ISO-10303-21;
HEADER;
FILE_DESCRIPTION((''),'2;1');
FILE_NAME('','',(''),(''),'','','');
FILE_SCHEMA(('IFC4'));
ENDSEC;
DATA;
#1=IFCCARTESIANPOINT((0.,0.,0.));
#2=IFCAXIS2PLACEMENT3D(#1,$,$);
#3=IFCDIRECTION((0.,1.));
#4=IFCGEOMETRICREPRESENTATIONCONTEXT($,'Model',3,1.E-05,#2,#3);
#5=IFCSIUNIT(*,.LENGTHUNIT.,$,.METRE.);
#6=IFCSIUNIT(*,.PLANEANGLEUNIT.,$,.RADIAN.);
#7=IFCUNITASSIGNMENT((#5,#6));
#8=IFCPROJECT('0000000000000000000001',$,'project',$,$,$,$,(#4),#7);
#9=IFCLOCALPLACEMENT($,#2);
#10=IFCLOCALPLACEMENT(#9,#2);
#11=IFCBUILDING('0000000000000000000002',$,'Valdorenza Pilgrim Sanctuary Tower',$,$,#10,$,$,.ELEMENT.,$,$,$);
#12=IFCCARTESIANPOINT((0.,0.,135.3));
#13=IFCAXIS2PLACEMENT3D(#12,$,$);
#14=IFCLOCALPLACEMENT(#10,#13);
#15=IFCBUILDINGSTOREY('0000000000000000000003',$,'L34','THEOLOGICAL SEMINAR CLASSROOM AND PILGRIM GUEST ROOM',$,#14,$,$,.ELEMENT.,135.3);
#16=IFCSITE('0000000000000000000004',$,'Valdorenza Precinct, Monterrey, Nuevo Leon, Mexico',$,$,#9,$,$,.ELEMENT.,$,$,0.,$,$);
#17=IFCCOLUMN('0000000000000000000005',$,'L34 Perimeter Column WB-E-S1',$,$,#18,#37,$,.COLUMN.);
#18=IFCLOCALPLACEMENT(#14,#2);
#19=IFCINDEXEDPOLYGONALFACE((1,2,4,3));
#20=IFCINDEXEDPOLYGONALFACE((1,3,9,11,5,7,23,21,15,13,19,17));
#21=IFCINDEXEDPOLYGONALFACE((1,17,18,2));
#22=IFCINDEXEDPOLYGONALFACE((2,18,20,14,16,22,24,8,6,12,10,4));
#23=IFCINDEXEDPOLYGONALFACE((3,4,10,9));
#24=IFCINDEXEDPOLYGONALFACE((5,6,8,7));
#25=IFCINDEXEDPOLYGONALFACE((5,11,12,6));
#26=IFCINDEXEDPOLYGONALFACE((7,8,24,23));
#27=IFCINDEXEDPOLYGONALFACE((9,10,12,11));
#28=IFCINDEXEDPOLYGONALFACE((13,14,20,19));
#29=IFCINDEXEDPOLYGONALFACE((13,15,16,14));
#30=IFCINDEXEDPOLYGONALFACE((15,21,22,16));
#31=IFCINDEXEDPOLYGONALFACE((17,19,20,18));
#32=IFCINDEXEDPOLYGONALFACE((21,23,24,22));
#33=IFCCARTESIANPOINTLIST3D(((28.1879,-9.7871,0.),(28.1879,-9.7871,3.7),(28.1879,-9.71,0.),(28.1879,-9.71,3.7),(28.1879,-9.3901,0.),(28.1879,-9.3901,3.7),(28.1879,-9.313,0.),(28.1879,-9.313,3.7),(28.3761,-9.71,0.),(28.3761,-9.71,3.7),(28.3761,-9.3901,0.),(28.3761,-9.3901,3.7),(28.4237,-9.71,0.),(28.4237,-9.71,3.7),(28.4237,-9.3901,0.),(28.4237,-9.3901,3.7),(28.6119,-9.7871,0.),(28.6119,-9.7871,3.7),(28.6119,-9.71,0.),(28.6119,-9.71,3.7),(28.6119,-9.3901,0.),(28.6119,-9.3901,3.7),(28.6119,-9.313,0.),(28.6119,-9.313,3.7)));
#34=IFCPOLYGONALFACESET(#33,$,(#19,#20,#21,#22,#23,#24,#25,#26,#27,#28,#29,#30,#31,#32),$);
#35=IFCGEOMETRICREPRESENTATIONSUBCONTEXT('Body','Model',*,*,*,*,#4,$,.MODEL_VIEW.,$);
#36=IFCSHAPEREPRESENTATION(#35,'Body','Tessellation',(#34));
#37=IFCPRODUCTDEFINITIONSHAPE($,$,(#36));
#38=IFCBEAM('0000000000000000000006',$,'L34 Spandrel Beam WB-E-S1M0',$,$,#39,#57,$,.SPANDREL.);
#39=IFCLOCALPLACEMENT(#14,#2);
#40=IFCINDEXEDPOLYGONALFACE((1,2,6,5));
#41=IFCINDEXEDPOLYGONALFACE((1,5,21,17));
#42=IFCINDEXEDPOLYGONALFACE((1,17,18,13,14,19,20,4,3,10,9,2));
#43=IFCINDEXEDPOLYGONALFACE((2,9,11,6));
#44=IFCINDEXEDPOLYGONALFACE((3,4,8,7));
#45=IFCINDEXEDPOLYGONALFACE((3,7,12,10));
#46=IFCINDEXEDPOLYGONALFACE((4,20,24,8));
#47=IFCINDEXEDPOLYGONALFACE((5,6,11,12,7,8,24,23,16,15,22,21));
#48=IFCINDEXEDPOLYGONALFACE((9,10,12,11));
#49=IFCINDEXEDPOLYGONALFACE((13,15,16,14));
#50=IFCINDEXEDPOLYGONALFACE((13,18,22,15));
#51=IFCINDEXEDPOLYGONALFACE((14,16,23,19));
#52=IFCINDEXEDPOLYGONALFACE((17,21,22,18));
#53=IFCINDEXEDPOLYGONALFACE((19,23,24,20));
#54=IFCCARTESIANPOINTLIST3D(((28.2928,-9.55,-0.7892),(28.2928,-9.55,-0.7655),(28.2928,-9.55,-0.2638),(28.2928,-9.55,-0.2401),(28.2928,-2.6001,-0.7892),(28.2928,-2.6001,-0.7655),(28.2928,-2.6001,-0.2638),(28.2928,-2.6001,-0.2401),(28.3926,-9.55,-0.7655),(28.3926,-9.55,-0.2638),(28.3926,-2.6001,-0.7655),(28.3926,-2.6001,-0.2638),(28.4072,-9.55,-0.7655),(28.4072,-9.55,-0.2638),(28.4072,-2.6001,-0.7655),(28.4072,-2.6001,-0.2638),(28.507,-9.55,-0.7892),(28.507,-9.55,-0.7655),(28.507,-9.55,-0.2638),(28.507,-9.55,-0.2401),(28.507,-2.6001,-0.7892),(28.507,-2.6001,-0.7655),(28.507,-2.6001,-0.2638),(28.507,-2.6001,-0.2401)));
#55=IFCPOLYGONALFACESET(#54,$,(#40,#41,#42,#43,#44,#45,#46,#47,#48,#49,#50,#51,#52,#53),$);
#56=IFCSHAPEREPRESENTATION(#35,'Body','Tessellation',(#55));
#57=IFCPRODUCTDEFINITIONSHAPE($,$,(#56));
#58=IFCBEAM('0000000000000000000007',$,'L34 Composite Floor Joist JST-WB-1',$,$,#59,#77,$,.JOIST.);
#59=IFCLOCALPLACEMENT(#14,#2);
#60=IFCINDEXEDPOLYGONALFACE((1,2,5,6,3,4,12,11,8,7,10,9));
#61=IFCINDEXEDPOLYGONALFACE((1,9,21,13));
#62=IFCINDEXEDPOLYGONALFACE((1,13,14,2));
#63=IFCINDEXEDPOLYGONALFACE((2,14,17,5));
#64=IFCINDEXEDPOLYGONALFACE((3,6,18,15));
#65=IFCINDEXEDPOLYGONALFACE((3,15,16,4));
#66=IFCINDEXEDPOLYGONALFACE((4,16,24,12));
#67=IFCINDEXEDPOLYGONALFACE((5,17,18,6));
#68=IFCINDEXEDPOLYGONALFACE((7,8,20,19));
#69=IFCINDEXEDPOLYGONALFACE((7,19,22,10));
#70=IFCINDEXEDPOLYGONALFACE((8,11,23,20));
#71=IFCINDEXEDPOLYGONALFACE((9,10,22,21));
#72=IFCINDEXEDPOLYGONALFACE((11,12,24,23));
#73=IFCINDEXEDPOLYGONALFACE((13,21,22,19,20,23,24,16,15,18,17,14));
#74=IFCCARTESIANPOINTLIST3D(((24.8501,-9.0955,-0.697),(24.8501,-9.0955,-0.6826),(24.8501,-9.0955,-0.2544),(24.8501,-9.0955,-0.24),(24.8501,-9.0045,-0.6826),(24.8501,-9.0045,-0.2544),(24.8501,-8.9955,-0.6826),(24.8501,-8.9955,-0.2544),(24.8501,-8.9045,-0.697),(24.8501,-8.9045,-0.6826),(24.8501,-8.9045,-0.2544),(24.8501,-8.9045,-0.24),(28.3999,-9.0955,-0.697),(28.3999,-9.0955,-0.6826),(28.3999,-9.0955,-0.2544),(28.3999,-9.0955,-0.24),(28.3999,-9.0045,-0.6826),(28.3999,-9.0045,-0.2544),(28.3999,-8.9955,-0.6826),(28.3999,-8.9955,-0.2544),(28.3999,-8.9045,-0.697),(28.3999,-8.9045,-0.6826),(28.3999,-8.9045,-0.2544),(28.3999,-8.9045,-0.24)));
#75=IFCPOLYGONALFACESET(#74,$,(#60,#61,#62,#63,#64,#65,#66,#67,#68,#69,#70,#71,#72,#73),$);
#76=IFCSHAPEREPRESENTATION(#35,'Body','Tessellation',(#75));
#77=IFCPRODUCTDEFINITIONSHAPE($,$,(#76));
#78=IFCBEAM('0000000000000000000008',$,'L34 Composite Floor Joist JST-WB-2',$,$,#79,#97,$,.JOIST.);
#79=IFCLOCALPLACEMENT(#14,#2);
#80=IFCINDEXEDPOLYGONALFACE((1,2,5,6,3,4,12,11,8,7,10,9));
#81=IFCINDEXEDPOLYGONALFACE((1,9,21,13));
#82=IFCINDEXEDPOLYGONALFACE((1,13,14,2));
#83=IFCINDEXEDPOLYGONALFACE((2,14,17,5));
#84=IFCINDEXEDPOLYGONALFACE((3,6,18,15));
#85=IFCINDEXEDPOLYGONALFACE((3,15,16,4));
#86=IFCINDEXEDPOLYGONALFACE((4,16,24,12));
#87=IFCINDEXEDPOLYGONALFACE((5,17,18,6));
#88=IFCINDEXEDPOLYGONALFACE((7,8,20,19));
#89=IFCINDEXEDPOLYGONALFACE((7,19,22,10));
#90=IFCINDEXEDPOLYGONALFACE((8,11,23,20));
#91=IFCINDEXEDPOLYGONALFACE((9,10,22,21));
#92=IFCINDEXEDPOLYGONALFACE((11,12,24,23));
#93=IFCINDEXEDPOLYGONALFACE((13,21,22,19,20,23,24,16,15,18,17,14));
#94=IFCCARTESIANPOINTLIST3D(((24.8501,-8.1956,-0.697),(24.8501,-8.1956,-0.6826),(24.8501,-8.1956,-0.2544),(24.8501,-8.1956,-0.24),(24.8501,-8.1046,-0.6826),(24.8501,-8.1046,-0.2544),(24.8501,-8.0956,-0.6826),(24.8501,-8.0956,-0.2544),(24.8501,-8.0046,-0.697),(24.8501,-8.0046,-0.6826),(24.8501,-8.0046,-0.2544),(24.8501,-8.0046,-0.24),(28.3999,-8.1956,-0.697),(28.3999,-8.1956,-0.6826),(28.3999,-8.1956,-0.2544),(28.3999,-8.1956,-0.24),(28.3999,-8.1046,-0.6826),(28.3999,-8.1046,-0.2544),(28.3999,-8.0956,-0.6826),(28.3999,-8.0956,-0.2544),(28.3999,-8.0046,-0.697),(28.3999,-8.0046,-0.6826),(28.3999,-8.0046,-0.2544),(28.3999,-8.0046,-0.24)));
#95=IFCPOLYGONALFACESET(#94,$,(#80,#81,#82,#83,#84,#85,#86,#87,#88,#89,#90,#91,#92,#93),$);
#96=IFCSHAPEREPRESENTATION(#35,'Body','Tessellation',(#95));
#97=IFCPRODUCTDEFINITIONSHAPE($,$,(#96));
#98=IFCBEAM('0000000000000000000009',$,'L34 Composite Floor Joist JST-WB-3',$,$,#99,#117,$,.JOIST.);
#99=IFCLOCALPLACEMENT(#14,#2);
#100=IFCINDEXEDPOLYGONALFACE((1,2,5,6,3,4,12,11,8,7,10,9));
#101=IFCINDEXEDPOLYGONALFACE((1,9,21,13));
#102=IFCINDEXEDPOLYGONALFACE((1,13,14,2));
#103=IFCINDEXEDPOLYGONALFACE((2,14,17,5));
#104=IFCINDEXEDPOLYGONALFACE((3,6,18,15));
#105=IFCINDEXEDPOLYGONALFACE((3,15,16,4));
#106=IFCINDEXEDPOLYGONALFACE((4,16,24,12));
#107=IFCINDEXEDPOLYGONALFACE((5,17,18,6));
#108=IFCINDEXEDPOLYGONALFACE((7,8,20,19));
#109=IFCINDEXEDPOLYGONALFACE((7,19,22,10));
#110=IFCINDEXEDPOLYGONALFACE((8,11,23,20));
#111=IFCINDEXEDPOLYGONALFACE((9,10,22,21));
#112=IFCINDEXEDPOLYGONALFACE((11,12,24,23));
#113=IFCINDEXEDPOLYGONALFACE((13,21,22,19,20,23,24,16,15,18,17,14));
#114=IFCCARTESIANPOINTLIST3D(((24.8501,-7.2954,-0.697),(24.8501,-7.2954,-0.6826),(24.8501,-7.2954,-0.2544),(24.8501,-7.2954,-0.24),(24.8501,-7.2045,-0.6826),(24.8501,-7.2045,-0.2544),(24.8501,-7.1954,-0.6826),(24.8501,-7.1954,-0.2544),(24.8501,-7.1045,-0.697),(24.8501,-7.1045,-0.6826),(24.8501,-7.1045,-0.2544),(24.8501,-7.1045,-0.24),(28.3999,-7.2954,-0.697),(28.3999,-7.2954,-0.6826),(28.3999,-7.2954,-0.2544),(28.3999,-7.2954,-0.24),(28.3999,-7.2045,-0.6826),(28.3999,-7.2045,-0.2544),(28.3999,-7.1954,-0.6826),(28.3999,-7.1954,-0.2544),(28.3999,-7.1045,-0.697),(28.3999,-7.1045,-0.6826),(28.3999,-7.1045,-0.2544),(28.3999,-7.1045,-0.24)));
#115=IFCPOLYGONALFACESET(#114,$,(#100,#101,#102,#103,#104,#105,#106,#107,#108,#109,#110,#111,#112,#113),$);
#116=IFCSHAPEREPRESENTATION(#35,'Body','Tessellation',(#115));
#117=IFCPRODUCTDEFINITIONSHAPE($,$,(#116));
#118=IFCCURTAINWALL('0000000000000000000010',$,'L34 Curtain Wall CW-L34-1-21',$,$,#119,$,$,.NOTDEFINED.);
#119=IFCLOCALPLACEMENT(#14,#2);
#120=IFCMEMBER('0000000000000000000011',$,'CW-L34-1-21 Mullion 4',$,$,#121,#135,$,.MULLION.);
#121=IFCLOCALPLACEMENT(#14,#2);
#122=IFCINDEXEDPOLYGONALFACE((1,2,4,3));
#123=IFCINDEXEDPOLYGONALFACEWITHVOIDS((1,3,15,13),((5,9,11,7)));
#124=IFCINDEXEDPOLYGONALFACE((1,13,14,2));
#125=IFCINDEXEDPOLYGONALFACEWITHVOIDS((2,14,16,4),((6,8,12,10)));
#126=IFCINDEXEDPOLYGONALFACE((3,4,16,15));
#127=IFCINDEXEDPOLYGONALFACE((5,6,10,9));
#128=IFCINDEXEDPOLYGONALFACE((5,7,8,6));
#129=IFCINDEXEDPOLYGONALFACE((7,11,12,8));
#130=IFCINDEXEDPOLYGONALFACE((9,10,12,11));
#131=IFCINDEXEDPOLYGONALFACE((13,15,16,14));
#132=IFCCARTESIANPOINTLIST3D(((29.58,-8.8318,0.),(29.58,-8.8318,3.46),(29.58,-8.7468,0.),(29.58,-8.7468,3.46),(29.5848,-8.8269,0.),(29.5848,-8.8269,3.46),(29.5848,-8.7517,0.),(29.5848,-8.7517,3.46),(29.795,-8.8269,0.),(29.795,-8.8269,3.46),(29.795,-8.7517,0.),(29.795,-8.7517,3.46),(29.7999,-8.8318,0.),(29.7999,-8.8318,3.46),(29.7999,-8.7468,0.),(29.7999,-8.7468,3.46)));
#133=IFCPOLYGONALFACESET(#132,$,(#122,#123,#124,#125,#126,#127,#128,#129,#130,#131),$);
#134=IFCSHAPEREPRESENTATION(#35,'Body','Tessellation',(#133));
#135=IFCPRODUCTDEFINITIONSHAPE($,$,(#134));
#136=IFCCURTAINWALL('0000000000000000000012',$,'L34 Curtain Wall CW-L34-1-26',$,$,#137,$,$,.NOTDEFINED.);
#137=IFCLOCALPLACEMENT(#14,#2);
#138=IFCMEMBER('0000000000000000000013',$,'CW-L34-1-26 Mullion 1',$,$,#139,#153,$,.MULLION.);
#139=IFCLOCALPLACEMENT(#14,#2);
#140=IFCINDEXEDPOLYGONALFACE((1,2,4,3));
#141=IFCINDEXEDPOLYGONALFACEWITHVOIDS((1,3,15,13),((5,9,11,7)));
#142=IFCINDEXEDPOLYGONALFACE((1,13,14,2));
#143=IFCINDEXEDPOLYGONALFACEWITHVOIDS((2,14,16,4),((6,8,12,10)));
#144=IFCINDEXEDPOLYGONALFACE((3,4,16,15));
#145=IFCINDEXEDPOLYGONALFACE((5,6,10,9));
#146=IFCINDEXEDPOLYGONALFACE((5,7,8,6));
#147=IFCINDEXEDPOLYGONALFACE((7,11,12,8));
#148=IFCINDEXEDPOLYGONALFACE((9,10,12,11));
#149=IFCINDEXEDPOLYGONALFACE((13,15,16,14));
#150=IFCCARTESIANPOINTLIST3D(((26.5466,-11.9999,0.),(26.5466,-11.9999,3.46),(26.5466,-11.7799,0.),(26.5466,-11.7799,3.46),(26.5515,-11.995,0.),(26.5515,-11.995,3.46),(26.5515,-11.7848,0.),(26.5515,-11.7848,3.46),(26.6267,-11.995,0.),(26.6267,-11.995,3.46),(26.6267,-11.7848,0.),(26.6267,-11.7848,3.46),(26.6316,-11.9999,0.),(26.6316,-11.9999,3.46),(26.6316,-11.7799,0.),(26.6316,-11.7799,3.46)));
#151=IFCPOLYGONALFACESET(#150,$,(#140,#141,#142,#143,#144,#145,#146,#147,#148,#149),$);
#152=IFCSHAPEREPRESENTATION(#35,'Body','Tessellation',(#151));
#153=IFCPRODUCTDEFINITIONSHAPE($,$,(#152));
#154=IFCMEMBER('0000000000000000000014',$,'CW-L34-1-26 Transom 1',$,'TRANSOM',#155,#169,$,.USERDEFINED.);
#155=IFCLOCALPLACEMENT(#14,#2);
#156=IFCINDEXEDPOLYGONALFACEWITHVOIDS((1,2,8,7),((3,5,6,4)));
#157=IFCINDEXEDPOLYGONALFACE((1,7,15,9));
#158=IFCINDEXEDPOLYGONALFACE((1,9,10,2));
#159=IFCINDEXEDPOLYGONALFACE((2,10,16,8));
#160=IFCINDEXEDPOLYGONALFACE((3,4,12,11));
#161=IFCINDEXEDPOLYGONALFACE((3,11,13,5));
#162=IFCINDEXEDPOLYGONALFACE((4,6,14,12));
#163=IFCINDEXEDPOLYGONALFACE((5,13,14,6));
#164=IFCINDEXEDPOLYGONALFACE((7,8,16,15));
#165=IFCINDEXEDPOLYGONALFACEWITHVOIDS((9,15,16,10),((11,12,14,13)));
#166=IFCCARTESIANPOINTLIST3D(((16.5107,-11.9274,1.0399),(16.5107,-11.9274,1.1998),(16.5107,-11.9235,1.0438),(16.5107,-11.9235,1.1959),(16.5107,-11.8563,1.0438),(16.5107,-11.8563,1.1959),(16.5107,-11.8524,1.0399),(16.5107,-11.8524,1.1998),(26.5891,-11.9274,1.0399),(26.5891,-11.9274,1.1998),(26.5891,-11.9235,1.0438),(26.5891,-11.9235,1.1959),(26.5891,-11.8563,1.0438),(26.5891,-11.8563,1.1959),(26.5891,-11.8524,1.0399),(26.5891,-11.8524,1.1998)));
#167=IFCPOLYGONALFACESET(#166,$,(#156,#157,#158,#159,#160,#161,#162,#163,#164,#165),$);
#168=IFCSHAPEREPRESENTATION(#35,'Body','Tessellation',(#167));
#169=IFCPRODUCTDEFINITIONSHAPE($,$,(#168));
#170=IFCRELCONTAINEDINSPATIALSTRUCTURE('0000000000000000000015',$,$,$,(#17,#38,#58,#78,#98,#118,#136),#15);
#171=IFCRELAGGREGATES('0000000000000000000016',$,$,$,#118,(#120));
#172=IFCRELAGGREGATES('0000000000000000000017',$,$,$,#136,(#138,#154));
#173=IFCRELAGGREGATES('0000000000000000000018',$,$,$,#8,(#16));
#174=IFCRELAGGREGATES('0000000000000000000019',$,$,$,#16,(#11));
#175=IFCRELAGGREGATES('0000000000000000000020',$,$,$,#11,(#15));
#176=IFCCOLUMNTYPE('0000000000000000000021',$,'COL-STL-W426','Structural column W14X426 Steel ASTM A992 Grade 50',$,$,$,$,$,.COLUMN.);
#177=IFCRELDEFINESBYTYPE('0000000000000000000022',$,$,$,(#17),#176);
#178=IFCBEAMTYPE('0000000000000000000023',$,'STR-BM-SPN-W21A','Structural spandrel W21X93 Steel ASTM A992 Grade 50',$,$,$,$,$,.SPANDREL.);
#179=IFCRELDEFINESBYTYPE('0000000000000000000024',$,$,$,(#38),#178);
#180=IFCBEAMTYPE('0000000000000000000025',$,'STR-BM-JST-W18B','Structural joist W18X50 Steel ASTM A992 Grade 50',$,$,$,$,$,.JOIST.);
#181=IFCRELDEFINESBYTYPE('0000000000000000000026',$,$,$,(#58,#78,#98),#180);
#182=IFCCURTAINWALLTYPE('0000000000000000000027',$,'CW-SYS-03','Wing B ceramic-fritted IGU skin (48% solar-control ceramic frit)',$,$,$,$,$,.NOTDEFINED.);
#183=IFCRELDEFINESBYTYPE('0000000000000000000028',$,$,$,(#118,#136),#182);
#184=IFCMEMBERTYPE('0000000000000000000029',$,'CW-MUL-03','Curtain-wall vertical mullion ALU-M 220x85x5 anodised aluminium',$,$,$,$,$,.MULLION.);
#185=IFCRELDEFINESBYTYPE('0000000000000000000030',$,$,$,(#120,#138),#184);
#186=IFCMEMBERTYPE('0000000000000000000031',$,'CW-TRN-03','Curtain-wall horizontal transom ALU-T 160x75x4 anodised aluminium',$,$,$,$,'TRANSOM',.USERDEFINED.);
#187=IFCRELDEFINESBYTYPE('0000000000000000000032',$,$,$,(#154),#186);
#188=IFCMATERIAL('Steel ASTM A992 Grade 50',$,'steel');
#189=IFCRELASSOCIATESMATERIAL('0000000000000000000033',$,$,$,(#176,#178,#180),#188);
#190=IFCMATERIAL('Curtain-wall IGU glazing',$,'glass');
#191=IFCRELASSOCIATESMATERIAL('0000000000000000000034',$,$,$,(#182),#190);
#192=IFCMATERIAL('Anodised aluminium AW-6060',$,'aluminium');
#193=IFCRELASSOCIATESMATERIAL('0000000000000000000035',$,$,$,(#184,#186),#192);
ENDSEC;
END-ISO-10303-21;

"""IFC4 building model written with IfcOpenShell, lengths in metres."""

from ifc_helpers import new_model, si_unit, direction, frame, origin, origin_2d, place, context, subcontext, project, spatial, hollow_rectangle, i_section, extrude, source, transform, mapped, material, material_profile, profile_set, type_object, element, aggregate, save


model = new_model("IFC4")

# Units and contexts
model_context = context("Model", 3, precision=1e-05, world=origin(), true_north=direction((0.0, 1.0)))
body_context = subcontext(model_context, "Body", "Model", "MODEL_VIEW")
ifc_project = project(units=[si_unit("LENGTHUNIT", "METRE"), si_unit("PLANEANGLEUNIT", "RADIAN")], contexts=[model_context])

# Site, building, storey
site_placement = place(None, origin())
site = spatial("IfcSite", under=ifc_project, at=site_placement, Name="Valdorenza Precinct, Monterrey, Nuevo Leon, Mexico", CompositionType="ELEMENT", RefElevation=0.0)
building_placement = place(site_placement, origin())
building = spatial("IfcBuilding", under=site, at=building_placement, Name="Valdorenza Pilgrim Sanctuary Tower", CompositionType="ELEMENT")
storey_placement = place(building_placement, frame((0.0, 0.0, 135.3)))
storey = spatial("IfcBuildingStorey", under=building, at=storey_placement, Name="L34", Description="THEOLOGICAL SEMINAR CLASSROOM AND PILGRIM GUEST ROOM", CompositionType="ELEMENT", Elevation=135.3)

# Column
ifc_material_1 = material(Name="Steel ASTM A992 Grade 50", Category="steel")
ifc_material_profile_1 = material_profile(ifc_material_1, i_section(OverallWidth=0.4241, OverallDepth=0.4741, WebThickness=0.0476, FlangeThickness=0.0771, at=origin_2d()), Name="W14X426")
ifc_profile_set_1 = profile_set([ifc_material_profile_1], Name="Steel ASTM A992 Grade 50")
column_type = type_object("IfcColumnType", Name="COL-STL-W426", Description="Structural column W14X426 Steel ASTM A992 Grade 50", PredefinedType="COLUMN", material=ifc_profile_set_1)
shared_shape_1 = source(origin(), body_context, "Body", "SweptSolid", [
    extrude(i_section(OverallWidth=0.4241, OverallDepth=0.4741, WebThickness=0.0476, FlangeThickness=0.0771, at=origin_2d()), origin(), (0.0, 0.0, 1.0), 3.7),
])
column_placement = place(storey_placement, frame((28.3999, -9.55, 0.0), z_axis=(0.0, 0.0, 1.0), x_axis=(1.0, 0.0, 0.0)))
element("IfcColumn", 1, at=column_placement, inside=storey, type_object=column_type, Name="L34 Perimeter Column WB-E-S1", PredefinedType="COLUMN", context=body_context, shape_type="MappedRepresentation", body=[
    mapped(shared_shape_1, transform((0.0, 0.0, 0.0), x_axis=(1.0, 0.0, 0.0), y_axis=(0.0, 1.0, 0.0), z_axis=(0.0, 0.0, 1.0), scale=1.0)),
])

# Beams
ifc_material_profile_2 = material_profile(ifc_material_1, i_section(OverallWidth=0.2141, OverallDepth=0.5491, WebThickness=0.0146, FlangeThickness=0.0237, at=origin_2d()), Name="W21X93")
ifc_profile_set_2 = profile_set([ifc_material_profile_2], Name="Steel ASTM A992 Grade 50")
beam_type_1 = type_object("IfcBeamType", Name="STR-BM-SPN-W21A", Description="Structural spandrel W21X93 Steel ASTM A992 Grade 50", PredefinedType="SPANDREL", material=ifc_profile_set_2)
shared_shape_2 = source(origin(), body_context, "Body", "SweptSolid", [
    extrude(i_section(OverallWidth=0.2141, OverallDepth=0.5491, WebThickness=0.0146, FlangeThickness=0.0237, at=origin_2d()), origin(), (0.0, 0.0, 1.0), 6.95),
])
beam_placement = place(storey_placement, frame((28.3999, -9.55, -0.5146), z_axis=(0.0, 1.0, 0.0), x_axis=(-1.0, 0.0, 0.0)))
element("IfcBeam", 2, at=beam_placement, inside=storey, type_object=beam_type_1, Name="L34 Spandrel Beam WB-E-S1M0", PredefinedType="SPANDREL", context=body_context, shape_type="MappedRepresentation", body=[
    mapped(shared_shape_2, transform((0.0, 0.0, 0.0), x_axis=(1.0, 0.0, 0.0), y_axis=(0.0, 1.0, 0.0), z_axis=(0.0, 0.0, 1.0), scale=1.0)),
])
ifc_material_profile_3 = material_profile(ifc_material_1, i_section(OverallWidth=0.1909, OverallDepth=0.457, WebThickness=0.009, FlangeThickness=0.0144, at=origin_2d()), Name="W18X50")
ifc_profile_set_3 = profile_set([ifc_material_profile_3], Name="Steel ASTM A992 Grade 50")
beam_type_2 = type_object("IfcBeamType", Name="STR-BM-JST-W18B", Description="Structural joist W18X50 Steel ASTM A992 Grade 50", PredefinedType="JOIST", material=ifc_profile_set_3)
shared_shape_3 = source(origin(), body_context, "Body", "SweptSolid", [
    extrude(i_section(OverallWidth=0.1909, OverallDepth=0.457, WebThickness=0.009, FlangeThickness=0.0144, at=origin_2d()), origin(), (0.0, 0.0, 1.0), 3.5498),
])
for number, where, z_axis, x_axis, name in (
    (3, (24.8501, -9.0, -0.4685), (1.0, 0.0, 0.0), (0.0, 1.0, 0.0), "L34 Composite Floor Joist JST-WB-1"),
    (4, (24.8501, -8.1001, -0.4685), (1.0, 0.0, 0.0), (0.0, 1.0, 0.0), "L34 Composite Floor Joist JST-WB-2"),
    (5, (24.8501, -7.2, -0.4685), (1.0, 0.0, 0.0), (0.0, 1.0, 0.0), "L34 Composite Floor Joist JST-WB-3"),
):
    element("IfcBeam", number, at=place(storey_placement, frame(where, z_axis=z_axis, x_axis=x_axis)), inside=storey, type_object=beam_type_2, Name=name, PredefinedType="JOIST", context=body_context, shape_type="MappedRepresentation", body=[
        mapped(shared_shape_3, transform((0.0, 0.0, 0.0), x_axis=(1.0, 0.0, 0.0), y_axis=(0.0, 1.0, 0.0), z_axis=(0.0, 0.0, 1.0), scale=1.0)),
    ])

# Curtain wall, member
ifc_material_2 = material(Name="Curtain-wall IGU glazing", Category="glass")
curtain_wall_type = type_object("IfcCurtainWallType", Name="CW-SYS-03", Description="Wing B ceramic-fritted IGU skin (48% solar-control ceramic frit)", PredefinedType="NOTDEFINED", material=ifc_material_2)
curtain_wall_1_placement = place(storey_placement, origin())
curtain_wall_1 = element("IfcCurtainWall", 6, at=curtain_wall_1_placement, inside=storey, type_object=curtain_wall_type, Name="L34 Curtain Wall CW-L34-1-21", PredefinedType="NOTDEFINED")
ifc_material_3 = material(Name="Anodised aluminium AW-6060", Category="aluminium")
ifc_material_profile_4 = material_profile(ifc_material_3, hollow_rectangle(XDim=0.085, YDim=0.22, WallThickness=0.0049, at=origin_2d()), Name="ALU-M 220x85x5")
ifc_profile_set_4 = profile_set([ifc_material_profile_4], Name="Anodised aluminium AW-6060")
member_type_1 = type_object("IfcMemberType", Name="CW-MUL-03", Description="Curtain-wall vertical mullion ALU-M 220x85x5 anodised aluminium", PredefinedType="MULLION", material=ifc_profile_set_4)
shared_shape_4 = source(origin(), body_context, "Body", "SweptSolid", [
    extrude(hollow_rectangle(XDim=0.085, YDim=0.22, WallThickness=0.0049, at=origin_2d()), origin(), (0.0, 0.0, 1.0), 3.46),
])
member_1_placement = place(storey_placement, frame((29.6899, -8.7893, 0.0), z_axis=(0.0, 0.0, 1.0), x_axis=(0.0, -1.0, 0.0)))
member_1 = element("IfcMember", 7, at=member_1_placement, type_object=member_type_1, Name="CW-L34-1-21 Mullion 4", PredefinedType="MULLION", context=body_context, shape_type="MappedRepresentation", body=[
    mapped(shared_shape_4, transform((0.0, 0.0, 0.0), x_axis=(1.0, 0.0, 0.0), y_axis=(0.0, 1.0, 0.0), z_axis=(0.0, 0.0, 1.0), scale=1.0)),
])
aggregate(curtain_wall_1, [member_1])

# Curtain wall, members
curtain_wall_2_placement = place(storey_placement, origin())
curtain_wall_2 = element("IfcCurtainWall", 8, at=curtain_wall_2_placement, inside=storey, type_object=curtain_wall_type, Name="L34 Curtain Wall CW-L34-1-26", PredefinedType="NOTDEFINED")
member_2_placement = place(storey_placement, frame((26.5891, -11.8899, 0.0), z_axis=(0.0, 0.0, 1.0), x_axis=(-1.0, 0.0, 0.0)))
member_2 = element("IfcMember", 9, at=member_2_placement, type_object=member_type_1, Name="CW-L34-1-26 Mullion 1", PredefinedType="MULLION", context=body_context, shape_type="MappedRepresentation", body=[
    mapped(shared_shape_4, transform((0.0, 0.0, 0.0), x_axis=(1.0, 0.0, 0.0), y_axis=(0.0, 1.0, 0.0), z_axis=(0.0, 0.0, 1.0), scale=1.0)),
])
ifc_material_profile_5 = material_profile(ifc_material_3, hollow_rectangle(XDim=0.075, YDim=0.1599, WallThickness=0.0039, at=origin_2d()), Name="ALU-T 160x75x4")
ifc_profile_set_5 = profile_set([ifc_material_profile_5], Name="Anodised aluminium AW-6060")
member_type_2 = type_object("IfcMemberType", Name="CW-TRN-03", Description="Curtain-wall horizontal transom ALU-T 160x75x4 anodised aluminium", ElementType="TRANSOM", PredefinedType="USERDEFINED", material=ifc_profile_set_5)
shared_shape_5 = source(origin(), body_context, "Body", "SweptSolid", [
    extrude(hollow_rectangle(XDim=0.075, YDim=0.1599, WallThickness=0.0039, at=origin_2d()), origin(), (0.0, 0.0, 1.0), 10.0784),
])
member_3_placement = place(storey_placement, frame((26.5891, -11.8899, 1.1199), z_axis=(-1.0, 0.0, 0.0), x_axis=(0.0, -1.0, 0.0)))
member_3 = element("IfcMember", 10, at=member_3_placement, type_object=member_type_2, Name="CW-L34-1-26 Transom 1", ObjectType="TRANSOM", PredefinedType="USERDEFINED", context=body_context, shape_type="MappedRepresentation", body=[
    mapped(shared_shape_5, transform((0.0, 0.0, 0.0), x_axis=(1.0, 0.0, 0.0), y_axis=(0.0, 1.0, 0.0), z_axis=(0.0, 0.0, 1.0), scale=1.0)),
])
aggregate(curtain_wall_2, [member_2, member_3])

save(model, "model.ifc")
